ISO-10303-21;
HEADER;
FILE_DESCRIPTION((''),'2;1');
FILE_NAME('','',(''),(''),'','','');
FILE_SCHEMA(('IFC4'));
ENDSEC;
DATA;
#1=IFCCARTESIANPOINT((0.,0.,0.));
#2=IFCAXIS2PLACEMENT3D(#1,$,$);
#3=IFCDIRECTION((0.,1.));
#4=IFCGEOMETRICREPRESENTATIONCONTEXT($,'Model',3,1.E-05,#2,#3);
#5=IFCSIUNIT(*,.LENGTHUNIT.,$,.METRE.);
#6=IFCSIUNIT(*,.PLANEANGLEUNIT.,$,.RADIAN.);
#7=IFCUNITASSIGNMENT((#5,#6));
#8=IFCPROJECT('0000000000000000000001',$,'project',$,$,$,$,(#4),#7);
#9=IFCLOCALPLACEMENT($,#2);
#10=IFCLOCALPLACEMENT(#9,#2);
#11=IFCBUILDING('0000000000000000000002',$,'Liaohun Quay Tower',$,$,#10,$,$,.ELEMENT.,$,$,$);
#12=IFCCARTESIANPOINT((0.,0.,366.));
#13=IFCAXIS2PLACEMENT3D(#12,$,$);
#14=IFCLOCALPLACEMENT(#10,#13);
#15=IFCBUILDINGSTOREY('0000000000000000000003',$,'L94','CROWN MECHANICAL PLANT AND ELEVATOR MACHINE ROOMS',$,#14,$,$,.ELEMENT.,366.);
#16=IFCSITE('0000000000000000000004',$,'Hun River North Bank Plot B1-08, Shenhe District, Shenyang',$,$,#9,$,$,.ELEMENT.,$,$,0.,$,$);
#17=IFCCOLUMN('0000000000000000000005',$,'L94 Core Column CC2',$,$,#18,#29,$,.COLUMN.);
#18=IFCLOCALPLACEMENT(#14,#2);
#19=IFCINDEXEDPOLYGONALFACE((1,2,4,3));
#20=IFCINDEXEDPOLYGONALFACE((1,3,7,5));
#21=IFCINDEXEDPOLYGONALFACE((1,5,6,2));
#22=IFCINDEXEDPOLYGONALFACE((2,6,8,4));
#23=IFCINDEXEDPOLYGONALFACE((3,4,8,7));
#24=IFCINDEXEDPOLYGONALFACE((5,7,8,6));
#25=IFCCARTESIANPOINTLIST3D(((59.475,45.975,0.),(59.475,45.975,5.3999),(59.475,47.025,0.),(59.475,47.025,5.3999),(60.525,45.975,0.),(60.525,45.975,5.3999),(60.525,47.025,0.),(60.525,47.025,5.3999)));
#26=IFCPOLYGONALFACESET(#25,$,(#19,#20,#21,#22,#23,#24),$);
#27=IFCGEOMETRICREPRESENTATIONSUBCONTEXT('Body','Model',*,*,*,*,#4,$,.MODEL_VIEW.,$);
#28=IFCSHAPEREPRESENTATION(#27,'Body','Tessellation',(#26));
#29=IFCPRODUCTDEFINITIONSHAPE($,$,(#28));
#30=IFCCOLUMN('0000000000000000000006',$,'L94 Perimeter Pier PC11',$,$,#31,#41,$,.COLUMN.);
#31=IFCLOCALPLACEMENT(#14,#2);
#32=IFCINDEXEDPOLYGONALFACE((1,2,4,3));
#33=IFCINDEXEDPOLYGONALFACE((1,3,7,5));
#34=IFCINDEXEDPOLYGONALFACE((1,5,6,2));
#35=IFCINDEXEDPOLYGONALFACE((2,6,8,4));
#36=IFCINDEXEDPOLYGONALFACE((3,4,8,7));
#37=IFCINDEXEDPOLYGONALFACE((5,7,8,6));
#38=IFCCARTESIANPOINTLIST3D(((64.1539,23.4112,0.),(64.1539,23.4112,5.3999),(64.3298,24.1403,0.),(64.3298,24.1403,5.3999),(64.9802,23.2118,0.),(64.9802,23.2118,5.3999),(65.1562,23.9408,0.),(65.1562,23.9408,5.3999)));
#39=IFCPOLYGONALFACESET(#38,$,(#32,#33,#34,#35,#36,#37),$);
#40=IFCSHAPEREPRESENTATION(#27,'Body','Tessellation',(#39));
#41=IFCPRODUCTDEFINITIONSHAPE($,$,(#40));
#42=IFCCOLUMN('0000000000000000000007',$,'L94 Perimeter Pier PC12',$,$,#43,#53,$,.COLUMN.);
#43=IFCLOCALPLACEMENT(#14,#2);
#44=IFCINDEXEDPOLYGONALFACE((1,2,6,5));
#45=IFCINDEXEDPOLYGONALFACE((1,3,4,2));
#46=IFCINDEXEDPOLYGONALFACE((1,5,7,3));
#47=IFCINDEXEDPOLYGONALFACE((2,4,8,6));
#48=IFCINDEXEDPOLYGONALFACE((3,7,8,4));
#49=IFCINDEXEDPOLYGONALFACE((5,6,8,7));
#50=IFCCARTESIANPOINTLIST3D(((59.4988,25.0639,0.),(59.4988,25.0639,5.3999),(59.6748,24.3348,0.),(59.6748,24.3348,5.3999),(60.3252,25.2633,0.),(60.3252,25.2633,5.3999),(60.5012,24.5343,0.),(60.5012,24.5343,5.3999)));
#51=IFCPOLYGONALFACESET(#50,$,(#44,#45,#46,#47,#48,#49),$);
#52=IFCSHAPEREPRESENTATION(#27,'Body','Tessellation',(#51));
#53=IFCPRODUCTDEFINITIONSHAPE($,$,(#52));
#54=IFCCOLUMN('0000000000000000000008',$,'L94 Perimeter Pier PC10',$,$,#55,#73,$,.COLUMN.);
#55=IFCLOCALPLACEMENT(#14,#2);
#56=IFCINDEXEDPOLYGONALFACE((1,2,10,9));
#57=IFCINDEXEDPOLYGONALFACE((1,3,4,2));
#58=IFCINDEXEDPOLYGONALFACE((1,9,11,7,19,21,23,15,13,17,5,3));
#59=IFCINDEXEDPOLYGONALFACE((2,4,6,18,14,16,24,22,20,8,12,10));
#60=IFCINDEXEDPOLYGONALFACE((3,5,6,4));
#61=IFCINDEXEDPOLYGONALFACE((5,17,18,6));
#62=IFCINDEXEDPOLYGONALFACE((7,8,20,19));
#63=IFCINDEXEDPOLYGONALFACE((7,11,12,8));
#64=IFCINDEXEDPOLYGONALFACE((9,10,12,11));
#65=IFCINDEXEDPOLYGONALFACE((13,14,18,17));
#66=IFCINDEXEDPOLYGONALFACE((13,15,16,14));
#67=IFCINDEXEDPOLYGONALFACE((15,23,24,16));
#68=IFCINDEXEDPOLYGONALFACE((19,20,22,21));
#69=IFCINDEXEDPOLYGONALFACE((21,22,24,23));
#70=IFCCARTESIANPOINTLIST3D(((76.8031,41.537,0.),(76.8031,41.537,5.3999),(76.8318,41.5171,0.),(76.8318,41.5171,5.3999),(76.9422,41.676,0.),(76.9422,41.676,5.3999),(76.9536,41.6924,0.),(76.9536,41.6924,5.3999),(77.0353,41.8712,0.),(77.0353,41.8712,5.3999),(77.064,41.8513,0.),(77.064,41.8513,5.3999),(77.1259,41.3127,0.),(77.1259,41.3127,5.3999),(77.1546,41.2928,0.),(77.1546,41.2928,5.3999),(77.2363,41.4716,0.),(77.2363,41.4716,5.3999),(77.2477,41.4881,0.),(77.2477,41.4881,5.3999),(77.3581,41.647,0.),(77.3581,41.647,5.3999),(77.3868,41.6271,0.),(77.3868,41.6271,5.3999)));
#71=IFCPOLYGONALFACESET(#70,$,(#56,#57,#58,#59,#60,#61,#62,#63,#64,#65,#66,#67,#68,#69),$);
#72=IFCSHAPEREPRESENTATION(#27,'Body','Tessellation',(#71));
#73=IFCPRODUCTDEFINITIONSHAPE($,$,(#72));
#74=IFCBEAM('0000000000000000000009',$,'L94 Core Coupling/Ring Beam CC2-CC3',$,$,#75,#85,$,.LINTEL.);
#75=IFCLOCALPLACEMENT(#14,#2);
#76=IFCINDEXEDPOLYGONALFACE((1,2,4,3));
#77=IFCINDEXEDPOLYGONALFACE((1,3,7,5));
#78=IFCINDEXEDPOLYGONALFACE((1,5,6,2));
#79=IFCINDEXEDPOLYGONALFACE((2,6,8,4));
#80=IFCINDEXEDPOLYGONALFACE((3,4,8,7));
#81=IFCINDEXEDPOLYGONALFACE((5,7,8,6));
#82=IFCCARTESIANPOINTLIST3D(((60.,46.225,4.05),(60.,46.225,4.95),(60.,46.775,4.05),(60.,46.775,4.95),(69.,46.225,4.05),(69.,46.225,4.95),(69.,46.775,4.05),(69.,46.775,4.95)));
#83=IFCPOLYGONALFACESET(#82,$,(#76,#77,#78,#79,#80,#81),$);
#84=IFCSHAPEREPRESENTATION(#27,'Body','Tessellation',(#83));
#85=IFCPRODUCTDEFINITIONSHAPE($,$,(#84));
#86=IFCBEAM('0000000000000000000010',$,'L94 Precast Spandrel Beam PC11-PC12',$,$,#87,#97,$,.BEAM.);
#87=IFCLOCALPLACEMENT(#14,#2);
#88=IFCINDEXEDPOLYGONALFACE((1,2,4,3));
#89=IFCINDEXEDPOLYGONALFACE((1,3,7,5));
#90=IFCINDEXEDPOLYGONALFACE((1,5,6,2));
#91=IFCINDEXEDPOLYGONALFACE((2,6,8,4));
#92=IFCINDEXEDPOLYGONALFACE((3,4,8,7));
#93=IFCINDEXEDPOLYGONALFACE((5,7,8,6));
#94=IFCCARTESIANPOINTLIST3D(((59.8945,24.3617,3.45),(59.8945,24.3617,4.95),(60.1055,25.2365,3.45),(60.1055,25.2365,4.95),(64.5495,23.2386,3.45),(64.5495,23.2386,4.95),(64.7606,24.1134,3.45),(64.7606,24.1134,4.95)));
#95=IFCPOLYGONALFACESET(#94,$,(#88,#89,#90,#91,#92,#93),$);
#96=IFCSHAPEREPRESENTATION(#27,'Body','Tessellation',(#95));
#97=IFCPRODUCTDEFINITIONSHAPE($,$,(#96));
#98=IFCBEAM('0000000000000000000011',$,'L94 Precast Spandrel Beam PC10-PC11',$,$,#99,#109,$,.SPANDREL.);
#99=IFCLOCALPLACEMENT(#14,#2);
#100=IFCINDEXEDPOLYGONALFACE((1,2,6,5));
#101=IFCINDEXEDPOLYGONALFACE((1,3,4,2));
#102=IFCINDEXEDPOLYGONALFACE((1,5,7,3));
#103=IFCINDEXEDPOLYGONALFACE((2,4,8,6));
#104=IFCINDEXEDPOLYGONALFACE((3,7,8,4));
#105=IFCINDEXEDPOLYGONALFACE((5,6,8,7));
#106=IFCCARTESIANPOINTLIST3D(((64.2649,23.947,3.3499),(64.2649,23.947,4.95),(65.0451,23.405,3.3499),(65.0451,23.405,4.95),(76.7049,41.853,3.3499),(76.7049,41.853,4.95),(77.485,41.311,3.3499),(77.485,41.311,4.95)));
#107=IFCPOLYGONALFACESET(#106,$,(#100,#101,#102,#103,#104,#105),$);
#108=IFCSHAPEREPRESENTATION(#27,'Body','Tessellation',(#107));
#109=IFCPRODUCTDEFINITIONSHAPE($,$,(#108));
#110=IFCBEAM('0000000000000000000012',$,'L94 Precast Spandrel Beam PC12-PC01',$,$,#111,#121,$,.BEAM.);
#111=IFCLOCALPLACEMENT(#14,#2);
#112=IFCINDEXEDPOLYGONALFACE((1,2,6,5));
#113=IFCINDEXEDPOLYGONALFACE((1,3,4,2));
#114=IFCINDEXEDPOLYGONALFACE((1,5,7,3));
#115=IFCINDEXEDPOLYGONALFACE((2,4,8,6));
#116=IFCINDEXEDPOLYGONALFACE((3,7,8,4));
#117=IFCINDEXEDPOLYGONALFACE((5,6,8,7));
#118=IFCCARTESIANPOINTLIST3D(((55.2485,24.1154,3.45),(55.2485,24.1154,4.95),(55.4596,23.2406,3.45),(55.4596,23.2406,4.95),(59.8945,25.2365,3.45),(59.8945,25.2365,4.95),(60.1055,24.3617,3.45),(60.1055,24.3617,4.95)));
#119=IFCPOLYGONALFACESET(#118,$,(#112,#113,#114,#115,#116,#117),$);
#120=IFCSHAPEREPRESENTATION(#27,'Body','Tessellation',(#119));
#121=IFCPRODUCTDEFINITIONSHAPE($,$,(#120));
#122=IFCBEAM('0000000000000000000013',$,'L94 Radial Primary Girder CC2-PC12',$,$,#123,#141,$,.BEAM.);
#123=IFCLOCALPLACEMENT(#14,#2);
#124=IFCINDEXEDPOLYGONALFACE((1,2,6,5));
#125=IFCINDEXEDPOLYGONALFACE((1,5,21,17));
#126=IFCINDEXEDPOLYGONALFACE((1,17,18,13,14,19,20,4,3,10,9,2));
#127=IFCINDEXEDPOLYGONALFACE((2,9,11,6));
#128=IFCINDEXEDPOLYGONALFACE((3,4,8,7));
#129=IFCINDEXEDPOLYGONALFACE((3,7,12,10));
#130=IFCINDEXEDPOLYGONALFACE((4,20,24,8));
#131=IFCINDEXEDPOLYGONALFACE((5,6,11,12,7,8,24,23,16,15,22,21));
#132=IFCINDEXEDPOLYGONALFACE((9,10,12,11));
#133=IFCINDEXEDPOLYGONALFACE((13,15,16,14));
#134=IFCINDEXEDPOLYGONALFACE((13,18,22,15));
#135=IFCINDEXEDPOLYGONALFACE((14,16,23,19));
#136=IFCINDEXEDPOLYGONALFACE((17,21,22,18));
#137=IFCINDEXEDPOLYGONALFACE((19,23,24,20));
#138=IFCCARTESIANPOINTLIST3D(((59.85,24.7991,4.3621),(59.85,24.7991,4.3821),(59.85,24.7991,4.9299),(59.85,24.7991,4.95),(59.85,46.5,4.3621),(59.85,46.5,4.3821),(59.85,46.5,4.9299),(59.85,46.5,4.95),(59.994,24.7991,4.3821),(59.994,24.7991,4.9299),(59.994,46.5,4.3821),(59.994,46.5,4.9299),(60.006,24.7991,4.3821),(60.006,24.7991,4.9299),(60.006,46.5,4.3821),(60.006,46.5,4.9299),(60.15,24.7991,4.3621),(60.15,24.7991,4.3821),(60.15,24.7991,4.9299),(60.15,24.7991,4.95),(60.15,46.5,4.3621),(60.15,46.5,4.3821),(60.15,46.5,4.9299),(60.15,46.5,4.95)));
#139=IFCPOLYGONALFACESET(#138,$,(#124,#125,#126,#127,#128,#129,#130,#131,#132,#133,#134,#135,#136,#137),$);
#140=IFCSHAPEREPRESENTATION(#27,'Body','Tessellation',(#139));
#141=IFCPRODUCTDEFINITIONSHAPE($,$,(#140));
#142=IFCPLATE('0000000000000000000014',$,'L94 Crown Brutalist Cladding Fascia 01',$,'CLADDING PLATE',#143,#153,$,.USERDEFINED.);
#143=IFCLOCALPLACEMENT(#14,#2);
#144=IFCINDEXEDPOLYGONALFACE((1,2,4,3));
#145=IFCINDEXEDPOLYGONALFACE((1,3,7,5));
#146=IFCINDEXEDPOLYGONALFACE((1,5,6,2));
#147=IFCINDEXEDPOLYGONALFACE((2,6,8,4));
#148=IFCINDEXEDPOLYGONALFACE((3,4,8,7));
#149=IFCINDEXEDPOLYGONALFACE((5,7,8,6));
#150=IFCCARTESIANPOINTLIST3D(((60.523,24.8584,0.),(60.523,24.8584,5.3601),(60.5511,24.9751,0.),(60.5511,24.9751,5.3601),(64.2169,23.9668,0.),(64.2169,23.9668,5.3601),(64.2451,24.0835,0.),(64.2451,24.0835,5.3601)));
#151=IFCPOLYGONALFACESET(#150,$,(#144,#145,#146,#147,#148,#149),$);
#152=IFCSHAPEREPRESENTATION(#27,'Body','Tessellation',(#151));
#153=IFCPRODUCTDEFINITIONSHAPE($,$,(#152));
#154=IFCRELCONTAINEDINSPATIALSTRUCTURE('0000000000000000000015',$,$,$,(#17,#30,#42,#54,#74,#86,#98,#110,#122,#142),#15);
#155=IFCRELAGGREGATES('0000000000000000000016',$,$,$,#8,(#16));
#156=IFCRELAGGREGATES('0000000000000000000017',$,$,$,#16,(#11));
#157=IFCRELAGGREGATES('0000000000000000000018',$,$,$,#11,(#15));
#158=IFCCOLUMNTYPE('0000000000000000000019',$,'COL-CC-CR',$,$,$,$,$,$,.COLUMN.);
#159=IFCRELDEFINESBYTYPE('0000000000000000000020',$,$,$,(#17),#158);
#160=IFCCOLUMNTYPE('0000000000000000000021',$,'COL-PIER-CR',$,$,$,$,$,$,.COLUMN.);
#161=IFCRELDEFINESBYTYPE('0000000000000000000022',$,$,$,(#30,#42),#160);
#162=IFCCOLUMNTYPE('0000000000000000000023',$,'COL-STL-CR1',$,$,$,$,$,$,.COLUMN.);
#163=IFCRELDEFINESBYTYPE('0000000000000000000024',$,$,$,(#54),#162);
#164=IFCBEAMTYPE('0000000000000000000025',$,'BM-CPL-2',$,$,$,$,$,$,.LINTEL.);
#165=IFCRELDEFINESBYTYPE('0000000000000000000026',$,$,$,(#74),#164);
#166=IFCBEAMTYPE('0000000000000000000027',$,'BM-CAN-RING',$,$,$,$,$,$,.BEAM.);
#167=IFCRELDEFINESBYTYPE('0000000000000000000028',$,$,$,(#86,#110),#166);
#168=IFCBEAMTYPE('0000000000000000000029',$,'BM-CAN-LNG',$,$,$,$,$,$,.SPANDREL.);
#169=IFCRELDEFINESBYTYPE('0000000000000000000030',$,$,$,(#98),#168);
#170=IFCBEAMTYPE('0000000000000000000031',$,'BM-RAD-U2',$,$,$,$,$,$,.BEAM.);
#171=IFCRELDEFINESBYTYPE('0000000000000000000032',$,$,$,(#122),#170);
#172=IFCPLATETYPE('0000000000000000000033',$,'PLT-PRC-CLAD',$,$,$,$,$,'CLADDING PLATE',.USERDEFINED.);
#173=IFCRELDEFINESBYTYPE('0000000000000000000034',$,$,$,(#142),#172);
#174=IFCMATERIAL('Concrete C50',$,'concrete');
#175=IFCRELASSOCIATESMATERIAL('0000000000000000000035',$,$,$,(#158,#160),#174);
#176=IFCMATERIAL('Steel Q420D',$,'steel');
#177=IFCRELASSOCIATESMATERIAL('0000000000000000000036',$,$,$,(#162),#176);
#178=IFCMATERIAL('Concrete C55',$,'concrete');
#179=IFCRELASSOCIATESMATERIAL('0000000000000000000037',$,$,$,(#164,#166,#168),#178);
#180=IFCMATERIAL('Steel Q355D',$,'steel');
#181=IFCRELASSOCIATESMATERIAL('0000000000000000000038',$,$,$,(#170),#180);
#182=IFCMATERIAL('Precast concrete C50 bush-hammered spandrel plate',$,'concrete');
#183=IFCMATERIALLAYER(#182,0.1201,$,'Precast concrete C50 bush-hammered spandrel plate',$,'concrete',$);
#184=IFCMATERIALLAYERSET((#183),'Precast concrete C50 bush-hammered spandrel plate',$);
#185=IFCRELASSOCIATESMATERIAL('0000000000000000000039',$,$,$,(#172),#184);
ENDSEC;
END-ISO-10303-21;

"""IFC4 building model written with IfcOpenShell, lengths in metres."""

from ifc_helpers import new_model, si_unit, direction, frame, origin, origin_2d, place, context, subcontext, project, spatial, rectangle, i_section, extrude, source, transform, mapped, material, layer, layer_set, material_profile, profile_set, type_object, element, save


model = new_model("IFC4")

# Units and contexts
model_context = context("Model", 3, precision=1e-05, world=origin(), true_north=direction((0.0, 1.0)))
body_context = subcontext(model_context, "Body", "Model", "MODEL_VIEW")
ifc_project = project(units=[si_unit("LENGTHUNIT", "METRE"), si_unit("PLANEANGLEUNIT", "RADIAN")], contexts=[model_context])

# Site, building, storey
site_placement = place(None, origin())
site = spatial("IfcSite", under=ifc_project, at=site_placement, Name="Hun River North Bank Plot B1-08, Shenhe District, Shenyang", CompositionType="ELEMENT", RefElevation=0.0)
building_placement = place(site_placement, origin())
building = spatial("IfcBuilding", under=site, at=building_placement, Name="Liaohun Quay Tower", CompositionType="ELEMENT")
storey_placement = place(building_placement, frame((0.0, 0.0, 366.0)))
storey = spatial("IfcBuildingStorey", under=building, at=storey_placement, Name="L94", Description="CROWN MECHANICAL PLANT AND ELEVATOR MACHINE ROOMS", CompositionType="ELEMENT", Elevation=366.0)

# Columns
ifc_material_1 = material(Name="Concrete C50", Category="concrete")
ifc_material_profile_1 = material_profile(ifc_material_1, rectangle(XDim=1.05, YDim=1.05, at=origin_2d()), Name="RC1050x1050")
ifc_profile_set_1 = profile_set([ifc_material_profile_1], Name="Concrete C50")
column_type_1 = type_object("IfcColumnType", Name="COL-CC-CR", PredefinedType="COLUMN", material=ifc_profile_set_1)
shared_shape_1 = source(origin(), body_context, "Body", "SweptSolid", [
    extrude(rectangle(XDim=1.05, YDim=1.05, at=origin_2d()), origin(), (0.0, 0.0, 1.0), 5.3999),
])
column_1_placement = place(storey_placement, frame((60.0, 46.5, 0.0), z_axis=(0.0, 0.0, 1.0), x_axis=(1.0, 0.0, 0.0)))
element("IfcColumn", 1, at=column_1_placement, inside=storey, type_object=column_type_1, Name="L94 Core Column CC2", PredefinedType="COLUMN", context=body_context, shape_type="MappedRepresentation", body=[
    mapped(shared_shape_1, transform((0.0, 0.0, 0.0), x_axis=(1.0, 0.0, 0.0), y_axis=(0.0, 1.0, 0.0), z_axis=(0.0, 0.0, 1.0), scale=1.0)),
])
ifc_material_profile_2 = material_profile(ifc_material_1, rectangle(XDim=0.8501, YDim=0.75, at=origin_2d()), Name="RC850x750")
ifc_profile_set_2 = profile_set([ifc_material_profile_2], Name="Concrete C50")
column_type_2 = type_object("IfcColumnType", Name="COL-PIER-CR", PredefinedType="COLUMN", material=ifc_profile_set_2)
shared_shape_2 = source(origin(), body_context, "Body", "SweptSolid", [
    extrude(rectangle(XDim=0.8501, YDim=0.75, at=origin_2d()), origin(), (0.0, 0.0, 1.0), 5.3999),
])
for number, where, z_axis, x_axis, name in (
    (2, (64.655, 23.676, 0.0), (0.0, 0.0, 1.0), (-0.972084, 0.234633, 0.0), "L94 Perimeter Pier PC11"),
    (3, (60.0, 24.7991, 0.0), (0.0, 0.0, 1.0), (0.972084, 0.234633, 0.0), "L94 Perimeter Pier PC12"),
):
    element("IfcColumn", number, at=place(storey_placement, frame(where, z_axis=z_axis, x_axis=x_axis)), inside=storey, type_object=column_type_2, Name=name, PredefinedType="COLUMN", context=body_context, shape_type="MappedRepresentation", body=[
        mapped(shared_shape_2, transform((0.0, 0.0, 0.0), x_axis=(1.0, 0.0, 0.0), y_axis=(0.0, 1.0, 0.0), z_axis=(0.0, 0.0, 1.0), scale=1.0)),
    ])
ifc_material_2 = material(Name="Steel Q420D", Category="steel")
ifc_material_profile_3 = material_profile(ifc_material_2, i_section(OverallWidth=0.407, OverallDepth=0.428, WebThickness=0.02, FlangeThickness=0.0349, at=origin_2d()), Name="HW428x407x20x35")
ifc_profile_set_3 = profile_set([ifc_material_profile_3], Name="Steel Q420D")
column_type_3 = type_object("IfcColumnType", Name="COL-STL-CR1", PredefinedType="COLUMN", material=ifc_profile_set_3)
shared_shape_3 = source(origin(), body_context, "Body", "SweptSolid", [
    extrude(i_section(OverallWidth=0.407, OverallDepth=0.428, WebThickness=0.02, FlangeThickness=0.0349, at=origin_2d()), origin(), (0.0, 0.0, 1.0), 5.3999),
])
column_2_placement = place(storey_placement, frame((77.095, 41.582, 0.0), z_axis=(0.0, 0.0, 1.0), x_axis=(0.57057, 0.821249, 0.0)))
element("IfcColumn", 4, at=column_2_placement, inside=storey, type_object=column_type_3, Name="L94 Perimeter Pier PC10", PredefinedType="COLUMN", context=body_context, shape_type="MappedRepresentation", body=[
    mapped(shared_shape_3, transform((0.0, 0.0, 0.0), x_axis=(1.0, 0.0, 0.0), y_axis=(0.0, 1.0, 0.0), z_axis=(0.0, 0.0, 1.0), scale=1.0)),
])

# Beams
ifc_material_3 = material(Name="Concrete C55", Category="concrete")
ifc_material_profile_4 = material_profile(ifc_material_3, rectangle(XDim=0.55, YDim=0.8999, at=origin_2d()), Name="RC550x900")
ifc_profile_set_4 = profile_set([ifc_material_profile_4], Name="Concrete C55")
beam_type_1 = type_object("IfcBeamType", Name="BM-CPL-2", PredefinedType="LINTEL", material=ifc_profile_set_4)
shared_shape_4 = source(origin(), body_context, "Body", "SweptSolid", [
    extrude(rectangle(XDim=0.55, YDim=0.8999, at=origin_2d()), origin(), (0.0, 0.0, 1.0), 9.0),
])
beam_1_placement = place(storey_placement, frame((60.0, 46.5, 4.5), z_axis=(1.0, 0.0, 0.0), x_axis=(0.0, 1.0, 0.0)))
element("IfcBeam", 5, at=beam_1_placement, inside=storey, type_object=beam_type_1, Name="L94 Core Coupling/Ring Beam CC2-CC3", PredefinedType="LINTEL", context=body_context, shape_type="MappedRepresentation", body=[
    mapped(shared_shape_4, transform((0.0, 0.0, 0.0), x_axis=(1.0, 0.0, 0.0), y_axis=(0.0, 1.0, 0.0), z_axis=(0.0, 0.0, 1.0), scale=1.0)),
])
ifc_material_profile_5 = material_profile(ifc_material_3, rectangle(XDim=0.8999, YDim=1.5, at=origin_2d()), Name="RC900x1500")
ifc_profile_set_5 = profile_set([ifc_material_profile_5], Name="Concrete C55")
beam_type_2 = type_object("IfcBeamType", Name="BM-CAN-RING", PredefinedType="BEAM", material=ifc_profile_set_5)
shared_shape_5 = source(origin(), body_context, "Body", "SweptSolid", [
    extrude(rectangle(XDim=0.8999, YDim=1.5, at=origin_2d()), origin(), (0.0, 0.0, 1.0), 4.7886),
])
beam_2_placement = place(storey_placement, frame((64.655, 23.676, 4.2), z_axis=(-0.97211, 0.234526, 0.0), x_axis=(-0.234526, -0.97211, 0.0)))
element("IfcBeam", 6, at=beam_2_placement, inside=storey, type_object=beam_type_2, Name="L94 Precast Spandrel Beam PC11-PC12", PredefinedType="BEAM", context=body_context, shape_type="MappedRepresentation", body=[
    mapped(shared_shape_5, transform((0.0, 0.0, 0.0), x_axis=(1.0, 0.0, 0.0), y_axis=(0.0, 1.0, 0.0), z_axis=(0.0, 0.0, 1.0), scale=1.0)),
])
ifc_material_profile_6 = material_profile(ifc_material_3, rectangle(XDim=0.95, YDim=1.6001, at=origin_2d()), Name="RC950x1600")
ifc_profile_set_6 = profile_set([ifc_material_profile_6], Name="Concrete C55")
beam_type_3 = type_object("IfcBeamType", Name="BM-CAN-LNG", PredefinedType="SPANDREL", material=ifc_profile_set_6)
shared_shape_6 = source(origin(), body_context, "Body", "SweptSolid", [
    extrude(rectangle(XDim=0.95, YDim=1.6001, at=origin_2d()), origin(), (0.0, 0.0, 1.0), 21.8032),
])
beam_3_placement = place(storey_placement, frame((77.095, 41.582, 4.1499), z_axis=(-0.570557, -0.821258, 0.0), x_axis=(0.821258, -0.570557, 0.0)))
element("IfcBeam", 7, at=beam_3_placement, inside=storey, type_object=beam_type_3, Name="L94 Precast Spandrel Beam PC10-PC11", PredefinedType="SPANDREL", context=body_context, shape_type="MappedRepresentation", body=[
    mapped(shared_shape_6, transform((0.0, 0.0, 0.0), x_axis=(1.0, 0.0, 0.0), y_axis=(0.0, 1.0, 0.0), z_axis=(0.0, 0.0, 1.0), scale=1.0)),
])
shared_shape_7 = source(origin(), body_context, "Body", "SweptSolid", [
    extrude(rectangle(XDim=0.8999, YDim=1.5, at=origin_2d()), origin(), (0.0, 0.0, 1.0), 4.7793),
])
beam_4_placement = place(storey_placement, frame((60.0, 24.7991, 4.2), z_axis=(-0.972099, -0.234571, 0.0), x_axis=(0.234571, -0.972099, 0.0)))
element("IfcBeam", 8, at=beam_4_placement, inside=storey, type_object=beam_type_2, Name="L94 Precast Spandrel Beam PC12-PC01", PredefinedType="BEAM", context=body_context, shape_type="MappedRepresentation", body=[
    mapped(shared_shape_7, transform((0.0, 0.0, 0.0), x_axis=(1.0, 0.0, 0.0), y_axis=(0.0, 1.0, 0.0), z_axis=(0.0, 0.0, 1.0), scale=1.0)),
])
ifc_material_4 = material(Name="Steel Q355D", Category="steel")
ifc_material_profile_7 = material_profile(ifc_material_4, i_section(OverallWidth=0.3, OverallDepth=0.5879, WebThickness=0.012, FlangeThickness=0.02, at=origin_2d()), Name="HM588x300x12x20")
ifc_profile_set_7 = profile_set([ifc_material_profile_7], Name="Steel Q355D")
beam_type_4 = type_object("IfcBeamType", Name="BM-RAD-U2", PredefinedType="BEAM", material=ifc_profile_set_7)
shared_shape_8 = source(origin(), body_context, "Body", "SweptSolid", [
    extrude(i_section(OverallWidth=0.3, OverallDepth=0.5879, WebThickness=0.012, FlangeThickness=0.02, at=origin_2d()), origin(), (0.0, 0.0, 1.0), 21.7009),
])
beam_5_placement = place(storey_placement, frame((60.0, 46.5, 4.656), z_axis=(0.0, -1.0, 0.0), x_axis=(1.0, 0.0, 0.0)))
element("IfcBeam", 9, at=beam_5_placement, inside=storey, type_object=beam_type_4, Name="L94 Radial Primary Girder CC2-PC12", PredefinedType="BEAM", context=body_context, shape_type="MappedRepresentation", body=[
    mapped(shared_shape_8, transform((0.0, 0.0, 0.0), x_axis=(1.0, 0.0, 0.0), y_axis=(0.0, 1.0, 0.0), z_axis=(0.0, 0.0, 1.0), scale=1.0)),
])

# Plate
ifc_material_5 = material(Name="Precast concrete C50 bush-hammered spandrel plate", Category="concrete")
ifc_layer_1 = layer(ifc_material_5, 0.1201, Name="Precast concrete C50 bush-hammered spandrel plate", Category="concrete")
ifc_layer_set_1 = layer_set([ifc_layer_1], Name="Precast concrete C50 bush-hammered spandrel plate")
plate_type_1 = type_object("IfcPlateType", Name="PLT-PRC-CLAD", ElementType="CLADDING PLATE", PredefinedType="USERDEFINED", material=ifc_layer_set_1)
shared_shape_9 = source(origin(), body_context, "Body", "SweptSolid", [
    extrude(rectangle(XDim=3.8, YDim=0.1201, at=origin_2d()), origin(), (0.0, 0.0, 1.0), 5.3601),
])
plate_1_placement = place(storey_placement, frame((62.384, 24.4709, 0.0), z_axis=(0.0, 0.0, 1.0), x_axis=(0.972084, -0.234633, 0.0)))
element("IfcPlate", 10, at=plate_1_placement, inside=storey, type_object=plate_type_1, Name="L94 Crown Brutalist Cladding Fascia 01", ObjectType="CLADDING PLATE", PredefinedType="USERDEFINED", context=body_context, shape_type="MappedRepresentation", body=[
    mapped(shared_shape_9, transform((0.0, 0.0, 0.0), x_axis=(1.0, 0.0, 0.0), y_axis=(0.0, 1.0, 0.0), z_axis=(0.0, 0.0, 1.0), scale=1.0)),
])

save(model, "model.ifc")
